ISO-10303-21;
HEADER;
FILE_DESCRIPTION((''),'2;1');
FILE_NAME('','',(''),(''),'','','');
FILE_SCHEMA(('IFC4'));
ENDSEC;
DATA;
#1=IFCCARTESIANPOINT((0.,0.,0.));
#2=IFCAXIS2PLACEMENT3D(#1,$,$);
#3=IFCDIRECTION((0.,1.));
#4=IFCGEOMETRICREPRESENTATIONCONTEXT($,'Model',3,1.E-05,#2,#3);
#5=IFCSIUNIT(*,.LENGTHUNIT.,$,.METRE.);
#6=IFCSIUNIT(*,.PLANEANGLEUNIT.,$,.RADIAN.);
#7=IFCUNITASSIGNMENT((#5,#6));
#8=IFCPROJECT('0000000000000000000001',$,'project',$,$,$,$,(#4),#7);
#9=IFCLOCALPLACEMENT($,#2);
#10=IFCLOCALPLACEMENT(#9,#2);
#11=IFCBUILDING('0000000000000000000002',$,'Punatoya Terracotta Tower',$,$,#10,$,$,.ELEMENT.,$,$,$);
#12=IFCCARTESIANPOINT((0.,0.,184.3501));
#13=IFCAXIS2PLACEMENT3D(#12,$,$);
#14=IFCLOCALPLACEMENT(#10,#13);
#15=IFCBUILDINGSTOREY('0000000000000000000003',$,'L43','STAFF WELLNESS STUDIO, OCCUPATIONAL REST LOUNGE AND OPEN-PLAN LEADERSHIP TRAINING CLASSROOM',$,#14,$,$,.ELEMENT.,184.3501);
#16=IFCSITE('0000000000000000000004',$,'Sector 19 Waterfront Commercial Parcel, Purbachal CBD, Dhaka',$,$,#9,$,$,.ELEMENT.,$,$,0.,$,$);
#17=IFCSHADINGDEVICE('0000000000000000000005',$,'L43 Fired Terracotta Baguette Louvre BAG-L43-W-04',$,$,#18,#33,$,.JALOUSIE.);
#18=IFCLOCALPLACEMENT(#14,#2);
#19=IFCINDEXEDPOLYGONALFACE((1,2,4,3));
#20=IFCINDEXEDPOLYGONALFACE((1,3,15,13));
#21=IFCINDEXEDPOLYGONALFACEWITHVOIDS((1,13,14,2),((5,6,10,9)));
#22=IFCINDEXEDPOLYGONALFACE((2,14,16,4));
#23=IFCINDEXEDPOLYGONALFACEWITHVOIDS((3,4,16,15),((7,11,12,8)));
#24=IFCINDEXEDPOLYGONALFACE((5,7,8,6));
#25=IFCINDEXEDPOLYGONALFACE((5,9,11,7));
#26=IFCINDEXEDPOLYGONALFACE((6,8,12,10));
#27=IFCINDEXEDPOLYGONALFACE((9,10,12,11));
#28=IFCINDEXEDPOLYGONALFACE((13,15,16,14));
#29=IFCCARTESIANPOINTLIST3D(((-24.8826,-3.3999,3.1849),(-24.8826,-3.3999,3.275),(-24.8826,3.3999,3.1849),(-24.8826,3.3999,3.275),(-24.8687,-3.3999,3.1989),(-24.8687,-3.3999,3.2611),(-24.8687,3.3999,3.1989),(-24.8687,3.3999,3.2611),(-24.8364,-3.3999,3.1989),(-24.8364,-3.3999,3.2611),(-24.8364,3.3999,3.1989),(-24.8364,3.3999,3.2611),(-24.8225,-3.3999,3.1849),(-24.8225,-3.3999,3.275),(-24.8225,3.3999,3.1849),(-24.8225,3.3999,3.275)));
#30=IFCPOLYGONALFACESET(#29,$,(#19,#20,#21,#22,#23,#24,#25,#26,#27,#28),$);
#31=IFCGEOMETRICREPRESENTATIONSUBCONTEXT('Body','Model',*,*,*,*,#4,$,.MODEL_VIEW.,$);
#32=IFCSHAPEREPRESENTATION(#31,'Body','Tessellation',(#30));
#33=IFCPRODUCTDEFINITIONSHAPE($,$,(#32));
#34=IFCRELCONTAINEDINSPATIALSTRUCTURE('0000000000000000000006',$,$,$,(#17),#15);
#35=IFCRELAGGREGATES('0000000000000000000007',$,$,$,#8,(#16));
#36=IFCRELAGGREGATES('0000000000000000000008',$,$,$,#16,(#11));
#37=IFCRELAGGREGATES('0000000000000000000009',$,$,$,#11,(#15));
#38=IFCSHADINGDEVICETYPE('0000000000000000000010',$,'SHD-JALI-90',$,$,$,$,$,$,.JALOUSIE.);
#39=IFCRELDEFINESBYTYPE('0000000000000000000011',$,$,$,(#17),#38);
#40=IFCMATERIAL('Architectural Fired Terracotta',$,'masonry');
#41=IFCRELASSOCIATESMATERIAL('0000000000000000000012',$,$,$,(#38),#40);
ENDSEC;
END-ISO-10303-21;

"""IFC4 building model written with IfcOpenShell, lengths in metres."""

from ifc_helpers import new_model, si_unit, direction, frame, origin, origin_2d, place, context, subcontext, project, spatial, hollow_rectangle, extrude, material, material_profile, profile_set, type_object, element, save


model = new_model("IFC4")

# Units and contexts
model_context = context("Model", 3, precision=1e-05, world=origin(), true_north=direction((0.0, 1.0)))
body_context = subcontext(model_context, "Body", "Model", "MODEL_VIEW")
ifc_project = project(units=[si_unit("LENGTHUNIT", "METRE"), si_unit("PLANEANGLEUNIT", "RADIAN")], contexts=[model_context])

# Site, building, storey
site_placement = place(None, origin())
site = spatial("IfcSite", under=ifc_project, at=site_placement, Name="Sector 19 Waterfront Commercial Parcel, Purbachal CBD, Dhaka", CompositionType="ELEMENT", RefElevation=0.0)
building_placement = place(site_placement, origin())
building = spatial("IfcBuilding", under=site, at=building_placement, Name="Punatoya Terracotta Tower", CompositionType="ELEMENT")
storey_placement = place(building_placement, frame((0.0, 0.0, 184.3501)))
storey = spatial("IfcBuildingStorey", under=building, at=storey_placement, Name="L43", Description="STAFF WELLNESS STUDIO, OCCUPATIONAL REST LOUNGE AND OPEN-PLAN LEADERSHIP TRAINING CLASSROOM", CompositionType="ELEMENT", Elevation=184.3501)

# Shading device
ifc_material_1 = material(Name="Architectural Fired Terracotta", Category="masonry")
ifc_material_profile_1 = material_profile(ifc_material_1, hollow_rectangle(XDim=0.0601, YDim=0.0901, WallThickness=0.0139, at=origin_2d()))
ifc_profile_set_1 = profile_set([ifc_material_profile_1], Name="Architectural Fired Terracotta")
shading_device_type = type_object("IfcShadingDeviceType", Name="SHD-JALI-90", PredefinedType="JALOUSIE", material=ifc_profile_set_1)
for number, where, z_axis, x_axis, name in (
    (1, (-24.8525, -3.3999, 3.23), (0.0, 1.0, 0.0), (-1.0, 0.0, 0.0), "L43 Fired Terracotta Baguette Louvre BAG-L43-W-04"),
):
    element("IfcShadingDevice", number, at=place(storey_placement, frame(where, z_axis=z_axis, x_axis=x_axis)), inside=storey, type_object=shading_device_type, Name=name, PredefinedType="JALOUSIE", context=body_context, shape_type="SweptSolid", body=[
        extrude(hollow_rectangle(XDim=0.0601, YDim=0.0901, WallThickness=0.0139, at=origin_2d()), origin(), (0.0, 0.0, 1.0), 6.7998),
    ])

save(model, "model.ifc")
